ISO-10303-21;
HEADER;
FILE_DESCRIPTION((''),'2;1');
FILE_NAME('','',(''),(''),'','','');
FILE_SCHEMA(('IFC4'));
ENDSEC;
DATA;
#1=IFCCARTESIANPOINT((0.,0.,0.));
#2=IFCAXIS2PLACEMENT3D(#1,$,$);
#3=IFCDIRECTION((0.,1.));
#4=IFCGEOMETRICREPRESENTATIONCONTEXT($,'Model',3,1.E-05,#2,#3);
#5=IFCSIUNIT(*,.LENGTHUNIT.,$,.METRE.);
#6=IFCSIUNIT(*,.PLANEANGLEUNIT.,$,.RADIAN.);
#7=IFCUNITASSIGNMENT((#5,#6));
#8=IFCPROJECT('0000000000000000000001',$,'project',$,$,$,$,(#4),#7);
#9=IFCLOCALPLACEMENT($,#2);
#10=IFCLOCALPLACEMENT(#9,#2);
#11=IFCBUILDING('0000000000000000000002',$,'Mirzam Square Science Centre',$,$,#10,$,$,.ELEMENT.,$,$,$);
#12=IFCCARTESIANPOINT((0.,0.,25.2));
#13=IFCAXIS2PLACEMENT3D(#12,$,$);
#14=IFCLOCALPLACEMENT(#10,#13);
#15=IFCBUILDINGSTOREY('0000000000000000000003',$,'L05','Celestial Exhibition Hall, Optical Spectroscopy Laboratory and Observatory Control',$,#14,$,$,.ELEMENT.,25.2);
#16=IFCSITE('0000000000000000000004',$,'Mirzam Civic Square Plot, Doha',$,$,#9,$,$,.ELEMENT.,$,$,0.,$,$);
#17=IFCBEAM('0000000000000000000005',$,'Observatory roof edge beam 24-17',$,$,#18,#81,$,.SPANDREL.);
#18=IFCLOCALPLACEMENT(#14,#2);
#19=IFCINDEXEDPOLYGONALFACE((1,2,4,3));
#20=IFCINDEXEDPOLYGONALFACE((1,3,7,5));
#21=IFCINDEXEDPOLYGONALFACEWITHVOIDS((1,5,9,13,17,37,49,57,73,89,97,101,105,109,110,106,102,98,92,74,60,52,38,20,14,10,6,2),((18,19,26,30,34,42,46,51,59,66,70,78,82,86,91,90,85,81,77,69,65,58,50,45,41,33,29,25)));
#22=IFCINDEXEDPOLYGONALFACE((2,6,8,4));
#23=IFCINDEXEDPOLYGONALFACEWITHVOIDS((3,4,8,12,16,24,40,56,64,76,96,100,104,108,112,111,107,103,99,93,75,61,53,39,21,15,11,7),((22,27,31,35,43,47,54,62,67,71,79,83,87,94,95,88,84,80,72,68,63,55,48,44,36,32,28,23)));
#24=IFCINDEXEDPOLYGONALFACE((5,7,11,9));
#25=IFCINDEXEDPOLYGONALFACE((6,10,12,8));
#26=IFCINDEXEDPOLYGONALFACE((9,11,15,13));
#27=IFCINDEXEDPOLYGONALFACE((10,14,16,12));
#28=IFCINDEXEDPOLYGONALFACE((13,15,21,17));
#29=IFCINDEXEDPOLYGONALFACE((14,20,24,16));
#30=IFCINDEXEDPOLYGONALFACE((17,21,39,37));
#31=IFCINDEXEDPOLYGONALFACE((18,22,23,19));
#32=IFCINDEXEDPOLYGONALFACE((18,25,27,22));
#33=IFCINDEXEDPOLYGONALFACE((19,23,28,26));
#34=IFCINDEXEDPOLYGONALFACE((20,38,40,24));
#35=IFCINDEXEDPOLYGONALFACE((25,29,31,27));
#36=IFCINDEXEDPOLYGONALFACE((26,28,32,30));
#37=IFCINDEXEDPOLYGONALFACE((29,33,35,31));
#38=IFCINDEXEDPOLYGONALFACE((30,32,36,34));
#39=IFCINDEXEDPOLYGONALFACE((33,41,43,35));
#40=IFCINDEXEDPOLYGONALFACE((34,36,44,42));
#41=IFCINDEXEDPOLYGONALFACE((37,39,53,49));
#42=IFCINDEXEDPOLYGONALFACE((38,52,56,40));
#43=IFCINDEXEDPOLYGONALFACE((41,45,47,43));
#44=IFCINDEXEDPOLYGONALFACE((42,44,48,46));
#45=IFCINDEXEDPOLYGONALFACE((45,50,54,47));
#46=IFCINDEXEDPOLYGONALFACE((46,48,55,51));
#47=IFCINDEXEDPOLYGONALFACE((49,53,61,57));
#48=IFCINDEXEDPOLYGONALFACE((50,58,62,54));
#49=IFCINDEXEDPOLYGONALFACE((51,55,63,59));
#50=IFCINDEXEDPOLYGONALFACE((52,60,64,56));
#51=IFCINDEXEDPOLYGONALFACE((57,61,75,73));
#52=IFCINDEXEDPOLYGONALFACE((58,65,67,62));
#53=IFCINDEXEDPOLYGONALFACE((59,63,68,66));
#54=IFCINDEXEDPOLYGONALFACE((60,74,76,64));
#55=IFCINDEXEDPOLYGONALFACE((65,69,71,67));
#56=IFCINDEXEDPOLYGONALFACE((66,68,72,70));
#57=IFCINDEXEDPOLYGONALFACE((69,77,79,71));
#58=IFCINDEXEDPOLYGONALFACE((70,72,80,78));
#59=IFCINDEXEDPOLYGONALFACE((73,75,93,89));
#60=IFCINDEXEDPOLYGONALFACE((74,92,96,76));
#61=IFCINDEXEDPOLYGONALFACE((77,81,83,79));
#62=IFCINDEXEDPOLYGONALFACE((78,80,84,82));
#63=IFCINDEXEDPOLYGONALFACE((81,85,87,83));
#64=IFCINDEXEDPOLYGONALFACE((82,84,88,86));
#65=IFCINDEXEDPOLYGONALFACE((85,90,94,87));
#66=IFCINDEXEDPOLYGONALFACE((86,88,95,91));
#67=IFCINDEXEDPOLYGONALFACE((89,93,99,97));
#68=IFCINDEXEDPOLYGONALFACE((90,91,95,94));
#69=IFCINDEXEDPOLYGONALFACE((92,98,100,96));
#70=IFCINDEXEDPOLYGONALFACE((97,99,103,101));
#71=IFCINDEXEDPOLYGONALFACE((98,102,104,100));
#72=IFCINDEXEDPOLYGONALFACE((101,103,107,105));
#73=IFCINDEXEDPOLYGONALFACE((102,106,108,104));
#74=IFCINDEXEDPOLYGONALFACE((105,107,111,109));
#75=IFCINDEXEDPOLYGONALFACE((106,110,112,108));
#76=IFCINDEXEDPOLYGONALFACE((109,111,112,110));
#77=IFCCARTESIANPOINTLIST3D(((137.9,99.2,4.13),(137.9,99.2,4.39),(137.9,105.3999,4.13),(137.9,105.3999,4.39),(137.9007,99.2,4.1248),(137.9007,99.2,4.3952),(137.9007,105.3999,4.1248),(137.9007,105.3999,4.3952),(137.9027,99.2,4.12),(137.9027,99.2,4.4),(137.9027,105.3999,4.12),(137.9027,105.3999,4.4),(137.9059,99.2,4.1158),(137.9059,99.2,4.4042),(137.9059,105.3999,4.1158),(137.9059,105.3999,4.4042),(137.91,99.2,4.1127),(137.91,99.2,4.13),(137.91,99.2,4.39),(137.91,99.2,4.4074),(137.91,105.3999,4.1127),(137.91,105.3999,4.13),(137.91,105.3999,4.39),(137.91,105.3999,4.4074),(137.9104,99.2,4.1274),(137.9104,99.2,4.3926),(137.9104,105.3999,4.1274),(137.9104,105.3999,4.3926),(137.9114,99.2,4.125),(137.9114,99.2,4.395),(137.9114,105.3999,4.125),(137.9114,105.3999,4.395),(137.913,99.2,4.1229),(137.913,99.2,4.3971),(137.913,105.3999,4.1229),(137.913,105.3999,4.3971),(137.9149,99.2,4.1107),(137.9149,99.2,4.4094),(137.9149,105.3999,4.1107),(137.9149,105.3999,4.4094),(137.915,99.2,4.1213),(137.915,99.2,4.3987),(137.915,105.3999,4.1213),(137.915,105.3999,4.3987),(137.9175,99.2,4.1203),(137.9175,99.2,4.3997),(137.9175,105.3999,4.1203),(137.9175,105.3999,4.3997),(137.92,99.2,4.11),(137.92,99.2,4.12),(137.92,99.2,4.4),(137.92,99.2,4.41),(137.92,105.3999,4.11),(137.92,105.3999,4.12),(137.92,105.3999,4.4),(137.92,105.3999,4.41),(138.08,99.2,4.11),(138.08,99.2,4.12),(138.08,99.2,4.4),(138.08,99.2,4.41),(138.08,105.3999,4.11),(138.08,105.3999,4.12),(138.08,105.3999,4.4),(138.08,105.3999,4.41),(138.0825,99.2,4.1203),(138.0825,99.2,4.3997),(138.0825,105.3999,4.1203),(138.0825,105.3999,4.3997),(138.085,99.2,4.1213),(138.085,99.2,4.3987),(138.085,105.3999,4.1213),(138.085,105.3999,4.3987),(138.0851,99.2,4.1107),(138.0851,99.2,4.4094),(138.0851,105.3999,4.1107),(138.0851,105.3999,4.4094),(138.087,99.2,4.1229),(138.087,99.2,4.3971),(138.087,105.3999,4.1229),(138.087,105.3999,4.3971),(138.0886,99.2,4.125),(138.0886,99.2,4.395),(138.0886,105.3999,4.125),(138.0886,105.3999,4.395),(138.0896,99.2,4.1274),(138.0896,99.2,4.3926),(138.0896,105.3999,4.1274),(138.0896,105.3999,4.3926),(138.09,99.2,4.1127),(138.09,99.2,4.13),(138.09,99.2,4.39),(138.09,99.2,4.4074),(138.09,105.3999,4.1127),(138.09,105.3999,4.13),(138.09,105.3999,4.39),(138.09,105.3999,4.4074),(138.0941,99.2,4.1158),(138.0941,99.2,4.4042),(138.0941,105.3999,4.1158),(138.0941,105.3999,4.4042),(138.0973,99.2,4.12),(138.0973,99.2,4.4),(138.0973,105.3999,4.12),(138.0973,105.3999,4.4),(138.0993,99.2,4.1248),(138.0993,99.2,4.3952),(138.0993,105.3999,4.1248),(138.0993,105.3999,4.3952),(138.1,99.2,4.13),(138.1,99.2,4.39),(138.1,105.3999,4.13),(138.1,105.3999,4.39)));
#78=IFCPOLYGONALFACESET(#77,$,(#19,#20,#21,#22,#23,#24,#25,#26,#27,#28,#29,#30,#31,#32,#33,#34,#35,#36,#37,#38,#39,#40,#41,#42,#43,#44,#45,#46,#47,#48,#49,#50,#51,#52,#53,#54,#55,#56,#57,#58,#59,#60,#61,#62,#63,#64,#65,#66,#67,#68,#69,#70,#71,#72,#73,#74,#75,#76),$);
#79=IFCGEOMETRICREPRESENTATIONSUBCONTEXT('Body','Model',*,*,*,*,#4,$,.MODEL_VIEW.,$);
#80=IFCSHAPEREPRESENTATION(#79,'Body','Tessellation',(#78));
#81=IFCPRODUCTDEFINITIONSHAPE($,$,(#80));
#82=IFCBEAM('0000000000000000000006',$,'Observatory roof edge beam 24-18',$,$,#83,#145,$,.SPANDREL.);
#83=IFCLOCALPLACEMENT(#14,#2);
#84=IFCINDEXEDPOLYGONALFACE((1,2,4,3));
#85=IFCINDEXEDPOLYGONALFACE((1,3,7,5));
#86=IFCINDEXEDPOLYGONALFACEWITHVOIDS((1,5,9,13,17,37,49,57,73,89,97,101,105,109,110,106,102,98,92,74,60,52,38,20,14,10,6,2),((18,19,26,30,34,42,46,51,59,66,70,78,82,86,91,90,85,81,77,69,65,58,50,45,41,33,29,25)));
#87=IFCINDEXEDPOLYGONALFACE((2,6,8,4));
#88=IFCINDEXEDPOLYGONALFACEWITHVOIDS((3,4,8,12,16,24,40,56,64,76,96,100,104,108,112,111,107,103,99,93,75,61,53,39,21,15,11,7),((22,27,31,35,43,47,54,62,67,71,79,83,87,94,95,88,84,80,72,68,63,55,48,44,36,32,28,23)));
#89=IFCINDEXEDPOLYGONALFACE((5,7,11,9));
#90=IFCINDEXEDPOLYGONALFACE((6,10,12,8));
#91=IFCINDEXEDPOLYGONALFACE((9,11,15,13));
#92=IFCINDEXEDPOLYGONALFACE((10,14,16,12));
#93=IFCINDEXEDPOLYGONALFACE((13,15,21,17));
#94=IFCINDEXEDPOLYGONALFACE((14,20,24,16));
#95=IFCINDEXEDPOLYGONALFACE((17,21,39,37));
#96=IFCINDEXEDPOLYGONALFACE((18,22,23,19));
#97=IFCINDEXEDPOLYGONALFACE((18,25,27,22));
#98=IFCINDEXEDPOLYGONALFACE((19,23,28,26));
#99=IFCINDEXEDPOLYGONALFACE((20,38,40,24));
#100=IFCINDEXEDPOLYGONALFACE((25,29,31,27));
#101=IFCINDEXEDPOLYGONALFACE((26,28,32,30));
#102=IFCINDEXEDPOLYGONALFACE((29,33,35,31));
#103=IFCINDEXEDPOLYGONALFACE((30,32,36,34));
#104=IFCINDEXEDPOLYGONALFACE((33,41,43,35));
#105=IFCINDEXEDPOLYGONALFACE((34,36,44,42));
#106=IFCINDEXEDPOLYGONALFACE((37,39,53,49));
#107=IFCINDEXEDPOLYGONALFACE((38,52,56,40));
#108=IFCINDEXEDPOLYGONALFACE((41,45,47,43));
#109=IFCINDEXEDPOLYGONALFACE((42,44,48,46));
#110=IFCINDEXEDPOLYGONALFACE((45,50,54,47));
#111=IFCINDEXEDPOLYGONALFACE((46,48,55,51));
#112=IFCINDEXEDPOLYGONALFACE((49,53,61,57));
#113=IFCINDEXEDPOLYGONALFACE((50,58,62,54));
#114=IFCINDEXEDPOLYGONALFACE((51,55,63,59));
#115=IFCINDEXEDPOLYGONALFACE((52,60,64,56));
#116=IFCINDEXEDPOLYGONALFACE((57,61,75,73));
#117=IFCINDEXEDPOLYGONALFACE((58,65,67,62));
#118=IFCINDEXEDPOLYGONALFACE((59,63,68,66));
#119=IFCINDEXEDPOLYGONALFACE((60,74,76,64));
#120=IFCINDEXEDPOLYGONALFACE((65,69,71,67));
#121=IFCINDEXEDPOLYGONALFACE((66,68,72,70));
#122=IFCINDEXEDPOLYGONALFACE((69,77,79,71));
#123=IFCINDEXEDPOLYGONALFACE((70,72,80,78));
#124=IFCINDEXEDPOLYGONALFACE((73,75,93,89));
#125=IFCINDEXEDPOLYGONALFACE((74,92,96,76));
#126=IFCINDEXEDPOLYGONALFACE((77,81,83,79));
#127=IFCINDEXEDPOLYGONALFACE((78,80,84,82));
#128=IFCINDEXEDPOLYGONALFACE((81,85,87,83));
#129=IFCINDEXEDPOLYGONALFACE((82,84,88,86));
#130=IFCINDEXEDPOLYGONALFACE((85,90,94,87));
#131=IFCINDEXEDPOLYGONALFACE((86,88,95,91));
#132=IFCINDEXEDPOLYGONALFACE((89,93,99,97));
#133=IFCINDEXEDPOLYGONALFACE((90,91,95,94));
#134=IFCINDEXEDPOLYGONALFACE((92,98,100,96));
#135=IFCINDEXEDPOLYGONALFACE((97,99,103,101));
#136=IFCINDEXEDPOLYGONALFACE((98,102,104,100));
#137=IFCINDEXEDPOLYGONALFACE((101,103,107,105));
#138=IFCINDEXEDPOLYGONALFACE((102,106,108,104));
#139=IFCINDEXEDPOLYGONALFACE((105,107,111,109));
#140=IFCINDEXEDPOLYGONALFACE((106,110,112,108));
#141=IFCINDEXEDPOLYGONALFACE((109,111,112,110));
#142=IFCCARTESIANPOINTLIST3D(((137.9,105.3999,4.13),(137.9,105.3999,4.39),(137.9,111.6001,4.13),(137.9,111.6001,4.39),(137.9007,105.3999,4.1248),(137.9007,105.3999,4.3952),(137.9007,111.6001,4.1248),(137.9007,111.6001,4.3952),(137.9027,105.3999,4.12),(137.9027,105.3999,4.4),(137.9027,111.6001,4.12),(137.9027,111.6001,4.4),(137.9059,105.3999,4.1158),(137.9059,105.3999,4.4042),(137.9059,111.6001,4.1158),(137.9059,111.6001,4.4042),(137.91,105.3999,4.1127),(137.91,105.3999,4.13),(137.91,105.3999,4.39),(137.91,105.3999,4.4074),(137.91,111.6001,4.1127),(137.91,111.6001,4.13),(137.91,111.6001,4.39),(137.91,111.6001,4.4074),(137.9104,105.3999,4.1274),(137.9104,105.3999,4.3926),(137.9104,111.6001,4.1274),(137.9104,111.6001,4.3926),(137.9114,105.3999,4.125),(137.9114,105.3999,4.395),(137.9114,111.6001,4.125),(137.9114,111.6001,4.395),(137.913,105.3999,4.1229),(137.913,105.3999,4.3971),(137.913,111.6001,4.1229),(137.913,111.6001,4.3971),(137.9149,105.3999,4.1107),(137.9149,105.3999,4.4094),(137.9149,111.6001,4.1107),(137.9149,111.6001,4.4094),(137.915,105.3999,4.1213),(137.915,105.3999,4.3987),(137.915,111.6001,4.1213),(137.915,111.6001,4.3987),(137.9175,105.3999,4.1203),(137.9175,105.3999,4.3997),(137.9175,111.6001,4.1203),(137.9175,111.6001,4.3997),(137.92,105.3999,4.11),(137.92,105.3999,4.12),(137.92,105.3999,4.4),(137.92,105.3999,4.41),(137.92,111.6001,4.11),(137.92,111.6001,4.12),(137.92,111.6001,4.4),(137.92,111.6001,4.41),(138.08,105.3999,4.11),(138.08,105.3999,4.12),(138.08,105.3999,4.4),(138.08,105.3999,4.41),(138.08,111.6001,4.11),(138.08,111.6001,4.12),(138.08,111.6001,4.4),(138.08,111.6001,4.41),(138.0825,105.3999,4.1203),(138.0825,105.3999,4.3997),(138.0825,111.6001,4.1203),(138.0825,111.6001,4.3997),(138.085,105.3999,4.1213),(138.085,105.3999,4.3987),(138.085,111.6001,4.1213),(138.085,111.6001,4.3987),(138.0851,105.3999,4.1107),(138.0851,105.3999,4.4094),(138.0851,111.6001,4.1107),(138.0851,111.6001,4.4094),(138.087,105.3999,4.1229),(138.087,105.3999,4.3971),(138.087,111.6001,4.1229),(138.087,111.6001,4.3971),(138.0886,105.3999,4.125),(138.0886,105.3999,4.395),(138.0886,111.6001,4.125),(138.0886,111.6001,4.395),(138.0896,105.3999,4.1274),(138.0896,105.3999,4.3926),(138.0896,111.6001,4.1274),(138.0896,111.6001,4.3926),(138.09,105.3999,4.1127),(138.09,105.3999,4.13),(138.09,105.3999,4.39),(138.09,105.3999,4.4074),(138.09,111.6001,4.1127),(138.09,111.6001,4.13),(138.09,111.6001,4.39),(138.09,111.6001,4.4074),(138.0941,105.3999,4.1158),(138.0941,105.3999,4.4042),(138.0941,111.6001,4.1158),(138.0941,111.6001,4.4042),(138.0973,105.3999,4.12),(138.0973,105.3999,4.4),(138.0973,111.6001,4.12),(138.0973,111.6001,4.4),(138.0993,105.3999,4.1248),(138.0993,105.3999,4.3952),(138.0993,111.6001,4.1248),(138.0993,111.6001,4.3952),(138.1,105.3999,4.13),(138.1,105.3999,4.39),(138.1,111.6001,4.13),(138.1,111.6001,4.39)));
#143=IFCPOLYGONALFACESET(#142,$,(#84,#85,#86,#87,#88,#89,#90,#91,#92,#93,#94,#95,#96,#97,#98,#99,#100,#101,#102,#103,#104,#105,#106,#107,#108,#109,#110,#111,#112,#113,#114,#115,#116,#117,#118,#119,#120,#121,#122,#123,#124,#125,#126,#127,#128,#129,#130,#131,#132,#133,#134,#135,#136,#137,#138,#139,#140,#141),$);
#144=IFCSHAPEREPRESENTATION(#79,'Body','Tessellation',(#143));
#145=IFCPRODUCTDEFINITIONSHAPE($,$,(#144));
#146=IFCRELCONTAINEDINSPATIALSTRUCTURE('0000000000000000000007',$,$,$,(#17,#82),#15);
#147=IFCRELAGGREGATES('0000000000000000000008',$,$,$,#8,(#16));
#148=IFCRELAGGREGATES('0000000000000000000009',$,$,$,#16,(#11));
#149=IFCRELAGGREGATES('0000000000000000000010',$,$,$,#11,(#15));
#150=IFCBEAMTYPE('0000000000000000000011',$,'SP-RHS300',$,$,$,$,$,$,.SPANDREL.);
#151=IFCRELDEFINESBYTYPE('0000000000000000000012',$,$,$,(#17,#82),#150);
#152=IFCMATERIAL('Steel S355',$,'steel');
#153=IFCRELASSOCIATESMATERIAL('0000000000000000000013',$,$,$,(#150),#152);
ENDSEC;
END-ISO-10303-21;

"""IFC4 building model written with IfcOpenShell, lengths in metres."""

from ifc_helpers import new_model, si_unit, direction, frame, origin, origin_2d, place, context, subcontext, project, spatial, hollow_rectangle, extrude, material, material_profile, profile_set, type_object, element, save


model = new_model("IFC4")

# Units and contexts
model_context = context("Model", 3, precision=1e-05, world=origin(), true_north=direction((0.0, 1.0)))
body_context = subcontext(model_context, "Body", "Model", "MODEL_VIEW")
ifc_project = project(units=[si_unit("LENGTHUNIT", "METRE"), si_unit("PLANEANGLEUNIT", "RADIAN")], contexts=[model_context])

# Site, building, storey
site_placement = place(None, origin())
site = spatial("IfcSite", under=ifc_project, at=site_placement, Name="Mirzam Civic Square Plot, Doha", CompositionType="ELEMENT", RefElevation=0.0)
building_placement = place(site_placement, origin())
building = spatial("IfcBuilding", under=site, at=building_placement, Name="Mirzam Square Science Centre", CompositionType="ELEMENT")
storey_placement = place(building_placement, frame((0.0, 0.0, 25.2)))
storey = spatial("IfcBuildingStorey", under=building, at=storey_placement, Name="L05", Description="Celestial Exhibition Hall, Optical Spectroscopy Laboratory and Observatory Control", CompositionType="ELEMENT", Elevation=25.2)

# Shared definitions
ifc_material_1 = material(Name="Steel S355", Category="steel")

# Beams
ifc_material_profile_1 = material_profile(ifc_material_1, hollow_rectangle(XDim=0.2, YDim=0.3, WallThickness=0.01, InnerFilletRadius=0.01, OuterFilletRadius=0.02, at=origin_2d()), Name="300x200x10.0RHS")
ifc_profile_set_1 = profile_set([ifc_material_profile_1], Name="Steel S355")
beam_type_1 = type_object("IfcBeamType", Name="SP-RHS300", PredefinedType="SPANDREL", material=ifc_profile_set_1)
beam_1_placement = place(storey_placement, frame((138.0, 99.2, 4.26), z_axis=(0.0, 1.0, 0.0), x_axis=(-1.0, 0.0, 0.0)))
element("IfcBeam", 1, at=beam_1_placement, inside=storey, type_object=beam_type_1, Name="Observatory roof edge beam 24-17", PredefinedType="SPANDREL", context=body_context, shape_type="SweptSolid", body=[
    extrude(hollow_rectangle(XDim=0.2, YDim=0.3, WallThickness=0.01, InnerFilletRadius=0.01, OuterFilletRadius=0.02, at=origin_2d()), origin(), (0.0, 0.0, 1.0), 6.2),
])
beam_2_placement = place(storey_placement, frame((138.0, 105.3999, 4.26), z_axis=(0.0, 1.0, 0.0), x_axis=(-1.0, 0.0, 0.0)))
element("IfcBeam", 2, at=beam_2_placement, inside=storey, type_object=beam_type_1, Name="Observatory roof edge beam 24-18", PredefinedType="SPANDREL", context=body_context, shape_type="SweptSolid", body=[
    extrude(hollow_rectangle(XDim=0.2, YDim=0.3, WallThickness=0.01, InnerFilletRadius=0.01, OuterFilletRadius=0.02, at=origin_2d()), origin(), (0.0, 0.0, 1.0), 6.2002),
])

save(model, "model.ifc")
